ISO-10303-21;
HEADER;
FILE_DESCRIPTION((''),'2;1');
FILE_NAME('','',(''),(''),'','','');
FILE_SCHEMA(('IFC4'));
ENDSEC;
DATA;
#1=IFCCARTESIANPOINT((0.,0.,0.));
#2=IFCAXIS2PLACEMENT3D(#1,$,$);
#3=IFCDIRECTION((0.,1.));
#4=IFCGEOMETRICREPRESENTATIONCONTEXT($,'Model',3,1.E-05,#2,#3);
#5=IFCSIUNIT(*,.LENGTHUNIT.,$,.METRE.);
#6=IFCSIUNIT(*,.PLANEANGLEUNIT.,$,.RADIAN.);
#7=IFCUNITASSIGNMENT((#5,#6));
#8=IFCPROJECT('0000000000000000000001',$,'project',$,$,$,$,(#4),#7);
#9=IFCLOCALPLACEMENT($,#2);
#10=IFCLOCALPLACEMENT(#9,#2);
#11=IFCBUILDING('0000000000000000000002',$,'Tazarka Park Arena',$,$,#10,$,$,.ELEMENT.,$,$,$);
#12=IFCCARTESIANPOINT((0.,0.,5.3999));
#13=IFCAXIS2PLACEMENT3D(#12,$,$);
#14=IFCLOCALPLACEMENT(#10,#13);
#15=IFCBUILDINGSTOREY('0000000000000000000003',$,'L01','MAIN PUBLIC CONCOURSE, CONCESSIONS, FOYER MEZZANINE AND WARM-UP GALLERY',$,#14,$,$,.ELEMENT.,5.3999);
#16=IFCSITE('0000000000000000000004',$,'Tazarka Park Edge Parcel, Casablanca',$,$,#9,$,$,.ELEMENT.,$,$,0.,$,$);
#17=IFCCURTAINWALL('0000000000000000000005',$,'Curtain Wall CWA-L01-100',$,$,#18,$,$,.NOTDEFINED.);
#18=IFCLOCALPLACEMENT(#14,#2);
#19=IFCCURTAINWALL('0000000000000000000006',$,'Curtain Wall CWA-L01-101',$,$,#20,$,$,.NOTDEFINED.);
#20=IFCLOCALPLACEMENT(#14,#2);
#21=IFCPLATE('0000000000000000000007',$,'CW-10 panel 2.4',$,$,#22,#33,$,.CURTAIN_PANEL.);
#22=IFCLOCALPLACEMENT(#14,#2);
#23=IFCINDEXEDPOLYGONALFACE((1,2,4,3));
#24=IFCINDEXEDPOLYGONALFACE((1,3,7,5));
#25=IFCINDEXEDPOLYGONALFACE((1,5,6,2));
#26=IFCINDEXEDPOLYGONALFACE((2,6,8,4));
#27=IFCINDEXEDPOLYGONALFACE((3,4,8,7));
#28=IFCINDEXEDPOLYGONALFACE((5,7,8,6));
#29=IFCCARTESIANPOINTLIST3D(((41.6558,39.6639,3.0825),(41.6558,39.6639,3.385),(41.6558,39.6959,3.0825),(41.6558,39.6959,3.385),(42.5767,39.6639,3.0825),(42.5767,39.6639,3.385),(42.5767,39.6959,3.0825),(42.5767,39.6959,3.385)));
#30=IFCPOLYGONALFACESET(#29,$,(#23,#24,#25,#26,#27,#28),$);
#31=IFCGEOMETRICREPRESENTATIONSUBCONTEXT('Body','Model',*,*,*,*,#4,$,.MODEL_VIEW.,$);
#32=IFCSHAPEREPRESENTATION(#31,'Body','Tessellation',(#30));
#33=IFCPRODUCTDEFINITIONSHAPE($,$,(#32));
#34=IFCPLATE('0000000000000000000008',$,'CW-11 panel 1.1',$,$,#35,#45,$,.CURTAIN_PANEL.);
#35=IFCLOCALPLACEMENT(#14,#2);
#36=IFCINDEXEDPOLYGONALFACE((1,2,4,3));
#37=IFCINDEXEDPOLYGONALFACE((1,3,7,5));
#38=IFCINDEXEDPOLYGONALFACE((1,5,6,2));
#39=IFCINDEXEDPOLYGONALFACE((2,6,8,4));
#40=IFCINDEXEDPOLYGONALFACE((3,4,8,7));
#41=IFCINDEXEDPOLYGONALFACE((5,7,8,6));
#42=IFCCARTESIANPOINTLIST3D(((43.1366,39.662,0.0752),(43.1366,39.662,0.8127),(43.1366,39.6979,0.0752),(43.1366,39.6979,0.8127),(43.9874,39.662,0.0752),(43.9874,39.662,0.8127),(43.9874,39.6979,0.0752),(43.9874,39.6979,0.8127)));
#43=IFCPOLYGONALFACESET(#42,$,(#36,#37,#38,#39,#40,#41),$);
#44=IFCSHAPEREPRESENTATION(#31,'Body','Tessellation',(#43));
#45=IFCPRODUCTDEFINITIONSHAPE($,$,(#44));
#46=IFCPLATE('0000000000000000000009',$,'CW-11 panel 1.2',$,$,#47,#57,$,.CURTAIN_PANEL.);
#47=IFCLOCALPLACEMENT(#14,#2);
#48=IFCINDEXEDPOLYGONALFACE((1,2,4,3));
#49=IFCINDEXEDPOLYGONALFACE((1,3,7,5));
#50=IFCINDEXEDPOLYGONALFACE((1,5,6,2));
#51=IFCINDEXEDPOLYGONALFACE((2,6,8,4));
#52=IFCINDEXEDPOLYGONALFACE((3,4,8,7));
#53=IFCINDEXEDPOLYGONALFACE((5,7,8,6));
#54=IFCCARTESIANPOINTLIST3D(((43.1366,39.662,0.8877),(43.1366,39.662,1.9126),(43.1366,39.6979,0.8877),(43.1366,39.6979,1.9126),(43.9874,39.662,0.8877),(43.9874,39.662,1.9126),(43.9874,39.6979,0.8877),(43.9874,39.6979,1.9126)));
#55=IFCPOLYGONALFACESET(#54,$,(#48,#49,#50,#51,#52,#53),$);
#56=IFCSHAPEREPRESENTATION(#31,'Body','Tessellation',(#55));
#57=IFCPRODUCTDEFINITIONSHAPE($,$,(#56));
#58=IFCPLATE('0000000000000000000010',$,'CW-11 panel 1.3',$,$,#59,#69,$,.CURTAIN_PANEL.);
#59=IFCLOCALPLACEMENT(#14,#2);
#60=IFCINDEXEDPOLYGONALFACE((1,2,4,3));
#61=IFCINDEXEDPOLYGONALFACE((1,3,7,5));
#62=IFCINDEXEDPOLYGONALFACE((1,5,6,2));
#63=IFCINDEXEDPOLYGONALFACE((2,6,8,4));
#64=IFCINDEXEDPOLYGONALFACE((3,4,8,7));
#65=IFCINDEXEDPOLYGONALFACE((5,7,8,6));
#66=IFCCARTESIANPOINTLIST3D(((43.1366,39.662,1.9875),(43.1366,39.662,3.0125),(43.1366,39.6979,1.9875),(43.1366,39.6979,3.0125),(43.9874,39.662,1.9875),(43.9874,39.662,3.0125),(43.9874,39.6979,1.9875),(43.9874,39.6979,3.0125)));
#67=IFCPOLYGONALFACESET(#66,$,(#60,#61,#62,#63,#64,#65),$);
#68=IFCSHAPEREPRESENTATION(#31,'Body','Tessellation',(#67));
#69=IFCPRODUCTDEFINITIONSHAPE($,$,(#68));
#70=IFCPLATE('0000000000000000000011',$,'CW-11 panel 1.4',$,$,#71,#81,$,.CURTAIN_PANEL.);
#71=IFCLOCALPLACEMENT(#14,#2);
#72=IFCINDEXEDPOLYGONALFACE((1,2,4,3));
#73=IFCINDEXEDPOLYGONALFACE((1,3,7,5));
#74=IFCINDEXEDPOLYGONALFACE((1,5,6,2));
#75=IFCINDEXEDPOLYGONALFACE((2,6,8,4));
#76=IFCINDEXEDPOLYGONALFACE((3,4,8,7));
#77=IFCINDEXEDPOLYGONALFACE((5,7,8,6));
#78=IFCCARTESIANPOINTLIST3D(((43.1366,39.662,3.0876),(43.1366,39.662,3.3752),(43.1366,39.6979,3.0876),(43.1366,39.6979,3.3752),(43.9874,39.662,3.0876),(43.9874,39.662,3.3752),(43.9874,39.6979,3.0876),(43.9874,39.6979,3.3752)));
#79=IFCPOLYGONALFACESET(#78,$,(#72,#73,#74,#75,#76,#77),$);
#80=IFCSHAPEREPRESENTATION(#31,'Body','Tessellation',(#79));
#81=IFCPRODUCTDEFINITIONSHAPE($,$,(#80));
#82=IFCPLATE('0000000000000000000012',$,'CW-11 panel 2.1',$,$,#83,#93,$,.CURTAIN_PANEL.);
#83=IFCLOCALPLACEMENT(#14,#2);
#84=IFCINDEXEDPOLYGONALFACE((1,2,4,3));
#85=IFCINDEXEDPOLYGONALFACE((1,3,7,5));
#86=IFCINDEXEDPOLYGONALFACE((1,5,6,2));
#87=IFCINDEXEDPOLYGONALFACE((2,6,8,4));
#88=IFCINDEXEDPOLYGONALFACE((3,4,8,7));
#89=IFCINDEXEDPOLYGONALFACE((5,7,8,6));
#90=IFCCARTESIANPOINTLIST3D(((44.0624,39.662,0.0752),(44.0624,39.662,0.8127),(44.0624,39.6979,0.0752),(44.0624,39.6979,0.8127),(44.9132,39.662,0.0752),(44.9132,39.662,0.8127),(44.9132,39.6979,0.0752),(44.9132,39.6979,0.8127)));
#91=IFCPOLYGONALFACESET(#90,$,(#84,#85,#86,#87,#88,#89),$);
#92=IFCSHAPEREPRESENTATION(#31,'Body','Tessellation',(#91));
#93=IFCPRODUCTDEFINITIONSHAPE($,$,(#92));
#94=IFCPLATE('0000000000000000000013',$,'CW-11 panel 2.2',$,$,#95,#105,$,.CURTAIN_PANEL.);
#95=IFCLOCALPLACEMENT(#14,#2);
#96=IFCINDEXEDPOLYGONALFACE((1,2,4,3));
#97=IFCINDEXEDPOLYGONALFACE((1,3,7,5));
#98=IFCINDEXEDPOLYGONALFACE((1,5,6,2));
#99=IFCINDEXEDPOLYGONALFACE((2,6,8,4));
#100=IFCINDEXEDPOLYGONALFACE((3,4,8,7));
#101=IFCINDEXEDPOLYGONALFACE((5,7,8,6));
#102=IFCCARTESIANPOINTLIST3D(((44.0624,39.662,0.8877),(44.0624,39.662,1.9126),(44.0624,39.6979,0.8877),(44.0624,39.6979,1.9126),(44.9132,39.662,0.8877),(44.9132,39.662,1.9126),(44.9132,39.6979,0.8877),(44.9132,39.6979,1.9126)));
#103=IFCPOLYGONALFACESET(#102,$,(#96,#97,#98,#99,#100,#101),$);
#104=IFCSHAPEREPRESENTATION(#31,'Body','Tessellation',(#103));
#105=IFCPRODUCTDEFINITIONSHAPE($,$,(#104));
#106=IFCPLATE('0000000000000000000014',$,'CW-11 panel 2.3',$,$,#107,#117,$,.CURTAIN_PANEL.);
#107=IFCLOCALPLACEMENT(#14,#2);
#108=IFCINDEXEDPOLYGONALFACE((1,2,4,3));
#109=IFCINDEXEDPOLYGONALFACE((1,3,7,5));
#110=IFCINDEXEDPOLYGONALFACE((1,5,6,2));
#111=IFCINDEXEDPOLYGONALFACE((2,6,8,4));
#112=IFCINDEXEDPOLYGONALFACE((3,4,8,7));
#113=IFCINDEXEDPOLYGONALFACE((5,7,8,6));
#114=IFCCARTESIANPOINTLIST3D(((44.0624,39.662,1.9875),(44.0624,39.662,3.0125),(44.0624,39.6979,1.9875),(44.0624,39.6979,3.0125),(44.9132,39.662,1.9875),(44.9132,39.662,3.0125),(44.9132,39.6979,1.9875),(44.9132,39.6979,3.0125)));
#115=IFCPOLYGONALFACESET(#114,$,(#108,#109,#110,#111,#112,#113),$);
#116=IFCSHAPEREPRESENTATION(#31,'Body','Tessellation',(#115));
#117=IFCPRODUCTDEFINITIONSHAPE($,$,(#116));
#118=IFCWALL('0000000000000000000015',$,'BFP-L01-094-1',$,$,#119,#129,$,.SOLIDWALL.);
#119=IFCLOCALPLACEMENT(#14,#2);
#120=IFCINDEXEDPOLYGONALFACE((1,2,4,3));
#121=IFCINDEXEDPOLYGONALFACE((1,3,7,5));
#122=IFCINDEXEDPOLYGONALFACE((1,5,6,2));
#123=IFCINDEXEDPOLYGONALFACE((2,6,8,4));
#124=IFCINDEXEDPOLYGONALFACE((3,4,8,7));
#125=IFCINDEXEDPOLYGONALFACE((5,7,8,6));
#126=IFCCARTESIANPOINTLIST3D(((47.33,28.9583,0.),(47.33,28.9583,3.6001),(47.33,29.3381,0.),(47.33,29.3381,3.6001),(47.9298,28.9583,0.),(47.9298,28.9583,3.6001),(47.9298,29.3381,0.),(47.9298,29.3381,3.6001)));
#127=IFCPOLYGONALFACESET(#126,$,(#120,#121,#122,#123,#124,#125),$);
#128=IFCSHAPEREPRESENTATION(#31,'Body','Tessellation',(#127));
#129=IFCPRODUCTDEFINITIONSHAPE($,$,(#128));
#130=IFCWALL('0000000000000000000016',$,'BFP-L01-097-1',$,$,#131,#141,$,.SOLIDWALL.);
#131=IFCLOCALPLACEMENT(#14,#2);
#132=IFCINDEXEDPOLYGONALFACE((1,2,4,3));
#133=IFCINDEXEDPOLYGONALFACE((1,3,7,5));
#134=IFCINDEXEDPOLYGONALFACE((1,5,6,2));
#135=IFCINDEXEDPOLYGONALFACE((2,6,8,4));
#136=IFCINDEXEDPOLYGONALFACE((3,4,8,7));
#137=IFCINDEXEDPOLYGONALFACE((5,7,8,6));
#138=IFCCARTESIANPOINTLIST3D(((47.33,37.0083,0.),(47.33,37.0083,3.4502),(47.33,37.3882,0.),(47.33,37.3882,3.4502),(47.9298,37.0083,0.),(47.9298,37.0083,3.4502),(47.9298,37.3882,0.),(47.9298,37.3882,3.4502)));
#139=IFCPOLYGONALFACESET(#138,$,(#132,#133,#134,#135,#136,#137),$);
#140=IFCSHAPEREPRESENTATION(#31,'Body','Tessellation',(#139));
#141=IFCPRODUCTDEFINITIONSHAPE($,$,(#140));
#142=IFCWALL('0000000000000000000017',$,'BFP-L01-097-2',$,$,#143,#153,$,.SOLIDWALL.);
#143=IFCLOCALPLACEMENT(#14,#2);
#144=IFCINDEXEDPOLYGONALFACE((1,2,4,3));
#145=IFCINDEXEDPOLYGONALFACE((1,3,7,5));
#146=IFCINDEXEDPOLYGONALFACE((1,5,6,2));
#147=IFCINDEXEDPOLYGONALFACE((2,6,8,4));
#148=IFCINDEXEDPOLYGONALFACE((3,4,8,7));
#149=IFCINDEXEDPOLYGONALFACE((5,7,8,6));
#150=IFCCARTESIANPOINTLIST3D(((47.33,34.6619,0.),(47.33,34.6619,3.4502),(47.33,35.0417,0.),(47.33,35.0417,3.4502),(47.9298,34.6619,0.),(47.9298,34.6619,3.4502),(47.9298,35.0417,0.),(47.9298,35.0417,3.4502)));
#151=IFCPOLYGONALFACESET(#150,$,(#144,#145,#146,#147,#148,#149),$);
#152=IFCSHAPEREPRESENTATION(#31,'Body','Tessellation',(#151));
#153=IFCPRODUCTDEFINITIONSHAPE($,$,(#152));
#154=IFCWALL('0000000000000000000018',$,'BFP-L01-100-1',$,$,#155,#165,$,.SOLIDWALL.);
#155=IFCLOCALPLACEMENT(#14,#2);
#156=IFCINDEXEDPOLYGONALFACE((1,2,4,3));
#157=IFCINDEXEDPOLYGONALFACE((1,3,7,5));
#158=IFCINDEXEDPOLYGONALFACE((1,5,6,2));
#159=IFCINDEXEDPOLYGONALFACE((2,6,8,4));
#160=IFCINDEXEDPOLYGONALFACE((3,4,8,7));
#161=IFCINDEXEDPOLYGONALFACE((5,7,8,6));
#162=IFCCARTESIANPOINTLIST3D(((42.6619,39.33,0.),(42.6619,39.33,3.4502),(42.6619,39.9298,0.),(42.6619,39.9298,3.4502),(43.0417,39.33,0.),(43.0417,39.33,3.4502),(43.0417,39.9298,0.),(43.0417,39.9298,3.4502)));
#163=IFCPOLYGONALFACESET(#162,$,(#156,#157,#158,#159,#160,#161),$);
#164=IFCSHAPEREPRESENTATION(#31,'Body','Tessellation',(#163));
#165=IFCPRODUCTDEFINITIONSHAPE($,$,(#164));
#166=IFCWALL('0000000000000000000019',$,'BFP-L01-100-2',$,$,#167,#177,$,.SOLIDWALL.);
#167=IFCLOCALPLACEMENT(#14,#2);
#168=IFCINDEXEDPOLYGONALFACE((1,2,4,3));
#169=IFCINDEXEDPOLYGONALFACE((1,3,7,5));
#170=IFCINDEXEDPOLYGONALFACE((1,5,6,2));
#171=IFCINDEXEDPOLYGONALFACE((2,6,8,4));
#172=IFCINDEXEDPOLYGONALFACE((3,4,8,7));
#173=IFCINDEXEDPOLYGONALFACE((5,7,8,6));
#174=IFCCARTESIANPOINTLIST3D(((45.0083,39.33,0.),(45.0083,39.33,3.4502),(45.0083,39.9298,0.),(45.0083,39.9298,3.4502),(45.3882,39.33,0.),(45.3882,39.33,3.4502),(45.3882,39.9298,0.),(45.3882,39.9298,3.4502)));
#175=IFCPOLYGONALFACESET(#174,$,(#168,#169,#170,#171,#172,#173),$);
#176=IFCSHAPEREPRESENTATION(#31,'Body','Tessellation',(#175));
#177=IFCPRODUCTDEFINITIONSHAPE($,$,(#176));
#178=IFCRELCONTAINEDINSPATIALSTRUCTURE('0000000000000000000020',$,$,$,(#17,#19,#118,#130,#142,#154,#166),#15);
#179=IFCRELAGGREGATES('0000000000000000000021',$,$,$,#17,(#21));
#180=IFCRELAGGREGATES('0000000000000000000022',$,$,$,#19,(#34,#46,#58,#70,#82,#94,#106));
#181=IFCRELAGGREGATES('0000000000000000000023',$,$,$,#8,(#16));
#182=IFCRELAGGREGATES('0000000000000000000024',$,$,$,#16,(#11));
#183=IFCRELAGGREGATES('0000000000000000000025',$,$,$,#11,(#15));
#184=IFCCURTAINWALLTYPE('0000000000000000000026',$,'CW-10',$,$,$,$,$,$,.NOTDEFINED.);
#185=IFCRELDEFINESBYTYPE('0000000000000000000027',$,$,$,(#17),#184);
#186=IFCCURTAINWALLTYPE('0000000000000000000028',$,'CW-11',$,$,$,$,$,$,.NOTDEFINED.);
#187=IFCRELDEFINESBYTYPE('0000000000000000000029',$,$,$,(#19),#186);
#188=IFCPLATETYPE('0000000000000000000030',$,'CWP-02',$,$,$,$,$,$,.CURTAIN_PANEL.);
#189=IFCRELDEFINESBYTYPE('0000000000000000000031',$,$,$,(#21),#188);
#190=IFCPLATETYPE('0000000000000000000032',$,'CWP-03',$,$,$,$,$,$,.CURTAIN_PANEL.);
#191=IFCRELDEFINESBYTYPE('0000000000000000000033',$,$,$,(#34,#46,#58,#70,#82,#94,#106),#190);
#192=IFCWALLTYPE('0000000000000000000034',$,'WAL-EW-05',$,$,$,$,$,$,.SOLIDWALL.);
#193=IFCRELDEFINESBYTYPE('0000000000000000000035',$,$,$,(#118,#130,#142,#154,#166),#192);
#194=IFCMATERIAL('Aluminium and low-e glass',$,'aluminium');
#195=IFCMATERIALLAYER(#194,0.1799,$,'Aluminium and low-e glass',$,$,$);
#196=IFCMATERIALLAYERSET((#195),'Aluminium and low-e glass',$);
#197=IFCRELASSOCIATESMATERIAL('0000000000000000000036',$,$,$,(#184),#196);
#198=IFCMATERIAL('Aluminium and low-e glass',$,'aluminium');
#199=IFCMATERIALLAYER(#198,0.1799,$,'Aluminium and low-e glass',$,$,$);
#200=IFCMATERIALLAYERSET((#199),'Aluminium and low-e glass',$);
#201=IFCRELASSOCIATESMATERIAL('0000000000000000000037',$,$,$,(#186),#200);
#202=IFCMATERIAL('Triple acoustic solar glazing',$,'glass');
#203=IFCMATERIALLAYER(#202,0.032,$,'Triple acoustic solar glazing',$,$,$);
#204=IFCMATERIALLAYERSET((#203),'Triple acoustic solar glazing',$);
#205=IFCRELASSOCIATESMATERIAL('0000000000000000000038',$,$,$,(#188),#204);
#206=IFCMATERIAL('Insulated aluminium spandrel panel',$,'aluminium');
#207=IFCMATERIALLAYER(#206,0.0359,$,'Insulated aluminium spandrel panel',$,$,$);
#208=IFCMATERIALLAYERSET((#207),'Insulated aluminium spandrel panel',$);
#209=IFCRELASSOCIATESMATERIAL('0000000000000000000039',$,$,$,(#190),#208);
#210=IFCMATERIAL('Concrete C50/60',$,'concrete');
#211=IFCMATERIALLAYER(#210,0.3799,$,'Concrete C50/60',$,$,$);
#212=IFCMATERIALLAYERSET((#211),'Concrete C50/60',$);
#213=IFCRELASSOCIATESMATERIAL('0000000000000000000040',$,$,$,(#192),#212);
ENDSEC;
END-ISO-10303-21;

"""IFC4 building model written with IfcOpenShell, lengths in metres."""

from ifc_helpers import new_model, si_unit, direction, frame, frame_2d, origin, origin_2d, place, context, subcontext, project, spatial, rectangle, extrude, material, layer, layer_set, type_object, element, aggregate, save


model = new_model("IFC4")

# Units and contexts
model_context = context("Model", 3, precision=1e-05, world=origin(), true_north=direction((0.0, 1.0)))
body_context = subcontext(model_context, "Body", "Model", "MODEL_VIEW")
ifc_project = project(units=[si_unit("LENGTHUNIT", "METRE"), si_unit("PLANEANGLEUNIT", "RADIAN")], contexts=[model_context])

# Site, building, storey
site_placement = place(None, origin())
site = spatial("IfcSite", under=ifc_project, at=site_placement, Name="Tazarka Park Edge Parcel, Casablanca", CompositionType="ELEMENT", RefElevation=0.0)
building_placement = place(site_placement, origin())
building = spatial("IfcBuilding", under=site, at=building_placement, Name="Tazarka Park Arena", CompositionType="ELEMENT")
storey_placement = place(building_placement, frame((0.0, 0.0, 5.3999)))
storey = spatial("IfcBuildingStorey", under=building, at=storey_placement, Name="L01", Description="MAIN PUBLIC CONCOURSE, CONCESSIONS, FOYER MEZZANINE AND WARM-UP GALLERY", CompositionType="ELEMENT", Elevation=5.3999)

# Curtain wall
ifc_material_1 = material(Name="Aluminium and low-e glass", Category="aluminium")
ifc_layer_1 = layer(ifc_material_1, 0.1799, Name="Aluminium and low-e glass")
ifc_layer_set_1 = layer_set([ifc_layer_1], Name="Aluminium and low-e glass")
curtain_wall_type_1 = type_object("IfcCurtainWallType", Name="CW-10", PredefinedType="NOTDEFINED", material=ifc_layer_set_1)
curtain_wall_1_placement = place(storey_placement, origin())
curtain_wall_1 = element("IfcCurtainWall", 1, at=curtain_wall_1_placement, inside=storey, type_object=curtain_wall_type_1, Name="Curtain Wall CWA-L01-100", PredefinedType="NOTDEFINED")

# Curtain wall
ifc_material_2 = material(Name="Aluminium and low-e glass", Category="aluminium")
ifc_layer_2 = layer(ifc_material_2, 0.1799, Name="Aluminium and low-e glass")
ifc_layer_set_2 = layer_set([ifc_layer_2], Name="Aluminium and low-e glass")
curtain_wall_type_2 = type_object("IfcCurtainWallType", Name="CW-11", PredefinedType="NOTDEFINED", material=ifc_layer_set_2)
curtain_wall_2_placement = place(storey_placement, origin())
curtain_wall_2 = element("IfcCurtainWall", 2, at=curtain_wall_2_placement, inside=storey, type_object=curtain_wall_type_2, Name="Curtain Wall CWA-L01-101", PredefinedType="NOTDEFINED")

# Plates
ifc_material_3 = material(Name="Triple acoustic solar glazing", Category="glass")
ifc_layer_3 = layer(ifc_material_3, 0.032, Name="Triple acoustic solar glazing")
ifc_layer_set_3 = layer_set([ifc_layer_3], Name="Triple acoustic solar glazing")
plate_type_1 = type_object("IfcPlateType", Name="CWP-02", PredefinedType="CURTAIN_PANEL", material=ifc_layer_set_3)
plate_1_placement = place(storey_placement, frame((42.1162, 39.6799, 3.0825), z_axis=(0.0, 0.0, 1.0), x_axis=(1.0, 0.0, 0.0)))
plate_1 = element("IfcPlate", 3, at=plate_1_placement, type_object=plate_type_1, Name="CW-10 panel 2.4", PredefinedType="CURTAIN_PANEL", context=body_context, shape_type="SweptSolid", body=[
    extrude(rectangle(XDim=0.9209, YDim=0.032, at=origin_2d()), origin(), (0.0, 0.0, 1.0), 0.3025),
])
aggregate(curtain_wall_1, [plate_1])
ifc_material_4 = material(Name="Insulated aluminium spandrel panel", Category="aluminium")
ifc_layer_4 = layer(ifc_material_4, 0.0359, Name="Insulated aluminium spandrel panel")
ifc_layer_set_4 = layer_set([ifc_layer_4], Name="Insulated aluminium spandrel panel")
plate_type_2 = type_object("IfcPlateType", Name="CWP-03", PredefinedType="CURTAIN_PANEL", material=ifc_layer_set_4)
plate_2_placement = place(storey_placement, frame((43.562, 39.6799, 0.0752), z_axis=(0.0, 0.0, 1.0), x_axis=(1.0, 0.0, 0.0)))
plate_2 = element("IfcPlate", 4, at=plate_2_placement, type_object=plate_type_2, Name="CW-11 panel 1.1", PredefinedType="CURTAIN_PANEL", context=body_context, shape_type="SweptSolid", body=[
    extrude(rectangle(XDim=0.8508, YDim=0.0359, at=origin_2d()), origin(), (0.0, 0.0, 1.0), 0.7375),
])
plate_3_placement = place(storey_placement, frame((43.562, 39.6799, 0.8877), z_axis=(0.0, 0.0, 1.0), x_axis=(1.0, 0.0, 0.0)))
plate_3 = element("IfcPlate", 5, at=plate_3_placement, type_object=plate_type_2, Name="CW-11 panel 1.2", PredefinedType="CURTAIN_PANEL", context=body_context, shape_type="SweptSolid", body=[
    extrude(rectangle(XDim=0.8508, YDim=0.0359, at=origin_2d()), origin(), (0.0, 0.0, 1.0), 1.0249),
])
plate_4_placement = place(storey_placement, frame((43.562, 39.6799, 1.9875), z_axis=(0.0, 0.0, 1.0), x_axis=(1.0, 0.0, 0.0)))
plate_4 = element("IfcPlate", 6, at=plate_4_placement, type_object=plate_type_2, Name="CW-11 panel 1.3", PredefinedType="CURTAIN_PANEL", context=body_context, shape_type="SweptSolid", body=[
    extrude(rectangle(XDim=0.8508, YDim=0.0359, at=origin_2d()), origin(), (0.0, 0.0, 1.0), 1.0249),
])
plate_5_placement = place(storey_placement, frame((43.562, 39.6799, 3.0876), z_axis=(0.0, 0.0, 1.0), x_axis=(1.0, 0.0, 0.0)))
plate_5 = element("IfcPlate", 7, at=plate_5_placement, type_object=plate_type_2, Name="CW-11 panel 1.4", PredefinedType="CURTAIN_PANEL", context=body_context, shape_type="SweptSolid", body=[
    extrude(rectangle(XDim=0.8508, YDim=0.0359, at=origin_2d()), origin(), (0.0, 0.0, 1.0), 0.2876),
])
plate_6_placement = place(storey_placement, frame((44.4878, 39.6799, 0.0752), z_axis=(0.0, 0.0, 1.0), x_axis=(1.0, 0.0, 0.0)))
plate_6 = element("IfcPlate", 8, at=plate_6_placement, type_object=plate_type_2, Name="CW-11 panel 2.1", PredefinedType="CURTAIN_PANEL", context=body_context, shape_type="SweptSolid", body=[
    extrude(rectangle(XDim=0.8508, YDim=0.0359, at=origin_2d()), origin(), (0.0, 0.0, 1.0), 0.7375),
])
plate_7_placement = place(storey_placement, frame((44.4878, 39.6799, 0.8877), z_axis=(0.0, 0.0, 1.0), x_axis=(1.0, 0.0, 0.0)))
plate_7 = element("IfcPlate", 9, at=plate_7_placement, type_object=plate_type_2, Name="CW-11 panel 2.2", PredefinedType="CURTAIN_PANEL", context=body_context, shape_type="SweptSolid", body=[
    extrude(rectangle(XDim=0.8508, YDim=0.0359, at=origin_2d()), origin(), (0.0, 0.0, 1.0), 1.0249),
])
plate_8_placement = place(storey_placement, frame((44.4878, 39.6799, 1.9875), z_axis=(0.0, 0.0, 1.0), x_axis=(1.0, 0.0, 0.0)))
plate_8 = element("IfcPlate", 10, at=plate_8_placement, type_object=plate_type_2, Name="CW-11 panel 2.3", PredefinedType="CURTAIN_PANEL", context=body_context, shape_type="SweptSolid", body=[
    extrude(rectangle(XDim=0.8508, YDim=0.0359, at=origin_2d()), origin(), (0.0, 0.0, 1.0), 1.0249),
])
aggregate(curtain_wall_2, [plate_2, plate_3, plate_4, plate_5, plate_6, plate_7, plate_8])

# Walls
ifc_material_5 = material(Name="Concrete C50/60", Category="concrete")
ifc_layer_5 = layer(ifc_material_5, 0.3799, Name="Concrete C50/60")
ifc_layer_set_5 = layer_set([ifc_layer_5], Name="Concrete C50/60")
wall_type = type_object("IfcWallType", Name="WAL-EW-05", PredefinedType="SOLIDWALL", material=ifc_layer_set_5)
wall_placement = place(storey_placement, frame((47.3301, 29.1482, 0.0), z_axis=(0.0, 0.0, 1.0), x_axis=(1.0, 0.0, 0.0)))
element("IfcWall", 11, at=wall_placement, inside=storey, type_object=wall_type, Name="BFP-L01-094-1", PredefinedType="SOLIDWALL", context=body_context, shape_type="SweptSolid", body=[
    extrude(rectangle(XDim=0.5999, YDim=0.3799, at=frame_2d((0.2998, 0.0))), origin(), (0.0, 0.0, 1.0), 3.6001),
])
for number, where, z_axis, x_axis, name in (
    (12, (47.3301, 37.1982, 0.0), (0.0, 0.0, 1.0), (1.0, 0.0, 0.0), "BFP-L01-097-1"),
    (13, (47.3301, 34.8518, 0.0), (0.0, 0.0, 1.0), (1.0, 0.0, 0.0), "BFP-L01-097-2"),
    (14, (42.8518, 39.3301, 0.0), (0.0, 0.0, 1.0), (0.0, 1.0, 0.0), "BFP-L01-100-1"),
    (15, (45.1982, 39.3301, 0.0), (0.0, 0.0, 1.0), (0.0, 1.0, 0.0), "BFP-L01-100-2"),
):
    element("IfcWall", number, at=place(storey_placement, frame(where, z_axis=z_axis, x_axis=x_axis)), inside=storey, type_object=wall_type, Name=name, PredefinedType="SOLIDWALL", context=body_context, shape_type="SweptSolid", body=[
        extrude(rectangle(XDim=0.5999, YDim=0.3799, at=frame_2d((0.2998, 0.0))), origin(), (0.0, 0.0, 1.0), 3.4502),
    ])

save(model, "model.ifc")
